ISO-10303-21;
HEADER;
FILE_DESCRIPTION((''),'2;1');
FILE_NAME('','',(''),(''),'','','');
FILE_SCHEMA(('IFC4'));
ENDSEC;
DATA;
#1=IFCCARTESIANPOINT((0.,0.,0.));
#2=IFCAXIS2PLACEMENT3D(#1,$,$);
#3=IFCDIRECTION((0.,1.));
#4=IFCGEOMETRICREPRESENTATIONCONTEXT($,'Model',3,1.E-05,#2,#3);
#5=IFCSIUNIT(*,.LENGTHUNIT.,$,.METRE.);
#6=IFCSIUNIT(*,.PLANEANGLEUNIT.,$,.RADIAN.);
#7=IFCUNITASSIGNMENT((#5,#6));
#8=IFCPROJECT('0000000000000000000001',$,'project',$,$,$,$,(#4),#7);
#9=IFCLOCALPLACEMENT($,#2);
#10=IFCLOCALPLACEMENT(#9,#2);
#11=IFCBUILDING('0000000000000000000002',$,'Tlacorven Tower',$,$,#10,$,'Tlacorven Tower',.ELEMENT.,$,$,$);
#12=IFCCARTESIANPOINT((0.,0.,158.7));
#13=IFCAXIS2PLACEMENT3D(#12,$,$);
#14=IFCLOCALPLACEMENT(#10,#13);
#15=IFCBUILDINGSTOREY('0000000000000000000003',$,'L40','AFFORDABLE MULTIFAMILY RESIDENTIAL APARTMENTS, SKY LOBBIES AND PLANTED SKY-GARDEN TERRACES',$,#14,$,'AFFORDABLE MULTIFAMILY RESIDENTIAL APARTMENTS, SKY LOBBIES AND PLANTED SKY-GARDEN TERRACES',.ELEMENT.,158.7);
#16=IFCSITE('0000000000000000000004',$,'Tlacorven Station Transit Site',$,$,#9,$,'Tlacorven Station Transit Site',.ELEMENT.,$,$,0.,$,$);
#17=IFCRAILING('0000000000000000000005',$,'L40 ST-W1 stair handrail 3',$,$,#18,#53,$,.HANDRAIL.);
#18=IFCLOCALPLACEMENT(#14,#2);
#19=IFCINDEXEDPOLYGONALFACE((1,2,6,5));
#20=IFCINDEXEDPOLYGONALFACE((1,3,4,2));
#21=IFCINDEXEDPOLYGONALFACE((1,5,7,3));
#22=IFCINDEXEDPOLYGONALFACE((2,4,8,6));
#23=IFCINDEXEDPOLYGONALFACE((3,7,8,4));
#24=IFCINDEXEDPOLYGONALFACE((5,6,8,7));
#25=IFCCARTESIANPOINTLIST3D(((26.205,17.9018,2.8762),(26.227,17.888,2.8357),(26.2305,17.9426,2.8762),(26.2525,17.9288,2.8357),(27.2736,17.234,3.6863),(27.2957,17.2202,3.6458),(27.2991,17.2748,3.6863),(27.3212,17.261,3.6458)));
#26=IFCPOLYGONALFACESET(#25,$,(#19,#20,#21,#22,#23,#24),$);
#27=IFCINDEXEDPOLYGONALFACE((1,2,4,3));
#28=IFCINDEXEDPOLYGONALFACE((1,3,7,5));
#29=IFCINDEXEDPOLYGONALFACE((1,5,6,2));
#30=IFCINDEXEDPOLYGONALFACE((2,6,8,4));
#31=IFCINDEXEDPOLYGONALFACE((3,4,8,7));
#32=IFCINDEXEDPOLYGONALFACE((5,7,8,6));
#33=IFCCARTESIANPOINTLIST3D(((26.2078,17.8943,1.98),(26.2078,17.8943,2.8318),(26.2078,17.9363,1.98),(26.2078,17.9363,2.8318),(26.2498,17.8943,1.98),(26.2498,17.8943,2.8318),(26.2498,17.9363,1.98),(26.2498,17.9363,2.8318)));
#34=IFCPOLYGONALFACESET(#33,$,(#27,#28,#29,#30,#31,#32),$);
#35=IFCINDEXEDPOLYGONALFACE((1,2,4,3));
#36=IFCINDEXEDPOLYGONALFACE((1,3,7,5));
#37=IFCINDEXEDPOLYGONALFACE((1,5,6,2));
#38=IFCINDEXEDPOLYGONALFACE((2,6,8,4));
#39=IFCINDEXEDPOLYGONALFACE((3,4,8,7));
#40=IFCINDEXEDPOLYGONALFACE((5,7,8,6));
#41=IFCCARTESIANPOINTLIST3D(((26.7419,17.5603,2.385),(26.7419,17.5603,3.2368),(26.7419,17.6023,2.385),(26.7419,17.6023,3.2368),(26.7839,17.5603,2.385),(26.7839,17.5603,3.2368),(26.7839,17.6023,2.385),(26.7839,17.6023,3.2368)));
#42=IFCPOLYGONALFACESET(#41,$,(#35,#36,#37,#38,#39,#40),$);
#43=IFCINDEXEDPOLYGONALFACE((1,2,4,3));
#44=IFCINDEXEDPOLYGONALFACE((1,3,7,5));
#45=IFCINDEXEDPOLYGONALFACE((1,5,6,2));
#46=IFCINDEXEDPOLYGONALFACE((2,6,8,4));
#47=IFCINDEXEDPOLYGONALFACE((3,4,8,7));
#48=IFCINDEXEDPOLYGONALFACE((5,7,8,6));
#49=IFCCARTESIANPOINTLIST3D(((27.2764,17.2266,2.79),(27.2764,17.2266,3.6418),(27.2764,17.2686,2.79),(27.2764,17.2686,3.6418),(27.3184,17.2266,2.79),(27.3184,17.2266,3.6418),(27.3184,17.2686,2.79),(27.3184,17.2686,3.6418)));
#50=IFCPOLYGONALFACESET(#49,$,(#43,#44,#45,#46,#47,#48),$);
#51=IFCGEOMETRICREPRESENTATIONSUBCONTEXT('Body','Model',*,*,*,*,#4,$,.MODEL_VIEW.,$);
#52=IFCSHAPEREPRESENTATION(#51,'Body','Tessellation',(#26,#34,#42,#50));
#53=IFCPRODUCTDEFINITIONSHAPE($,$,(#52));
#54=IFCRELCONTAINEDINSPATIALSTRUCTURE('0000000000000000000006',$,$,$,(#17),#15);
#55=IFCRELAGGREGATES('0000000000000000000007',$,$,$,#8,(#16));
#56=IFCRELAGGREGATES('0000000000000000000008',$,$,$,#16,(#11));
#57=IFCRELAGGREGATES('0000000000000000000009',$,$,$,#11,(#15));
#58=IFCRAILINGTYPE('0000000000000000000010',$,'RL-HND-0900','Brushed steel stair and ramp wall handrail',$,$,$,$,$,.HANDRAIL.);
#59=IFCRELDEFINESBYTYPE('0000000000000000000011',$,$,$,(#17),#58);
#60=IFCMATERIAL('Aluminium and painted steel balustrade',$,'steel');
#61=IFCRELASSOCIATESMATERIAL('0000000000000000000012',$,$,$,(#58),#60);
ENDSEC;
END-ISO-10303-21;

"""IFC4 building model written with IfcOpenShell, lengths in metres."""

from ifc_helpers import new_model, si_unit, direction, frame, origin, origin_2d, place, context, subcontext, project, spatial, rectangle, extrude, source, transform, mapped, material, type_object, element, save


model = new_model("IFC4")

# Units and contexts
model_context = context("Model", 3, precision=1e-05, world=origin(), true_north=direction((0.0, 1.0)))
body_context = subcontext(model_context, "Body", "Model", "MODEL_VIEW")
ifc_project = project(units=[si_unit("LENGTHUNIT", "METRE"), si_unit("PLANEANGLEUNIT", "RADIAN")], contexts=[model_context])

# Site, building, storey
site_placement = place(None, origin())
site = spatial("IfcSite", under=ifc_project, at=site_placement, Name="Tlacorven Station Transit Site", LongName="Tlacorven Station Transit Site", CompositionType="ELEMENT", RefElevation=0.0)
building_placement = place(site_placement, origin())
building = spatial("IfcBuilding", under=site, at=building_placement, Name="Tlacorven Tower", LongName="Tlacorven Tower", CompositionType="ELEMENT")
storey_placement = place(building_placement, frame((0.0, 0.0, 158.7)))
storey = spatial("IfcBuildingStorey", under=building, at=storey_placement, Name="L40", Description="AFFORDABLE MULTIFAMILY RESIDENTIAL APARTMENTS, SKY LOBBIES AND PLANTED SKY-GARDEN TERRACES", LongName="AFFORDABLE MULTIFAMILY RESIDENTIAL APARTMENTS, SKY LOBBIES AND PLANTED SKY-GARDEN TERRACES", CompositionType="ELEMENT", Elevation=158.7)

# Railing
ifc_material_1 = material(Name="Aluminium and painted steel balustrade", Category="steel")
railing_type_1 = type_object("IfcRailingType", Name="RL-HND-0900", Description="Brushed steel stair and ramp wall handrail", PredefinedType="HANDRAIL", material=ifc_material_1)
shared_shape_1 = source(origin(), body_context, "Body", "SweptSolid", [
    extrude(rectangle(XDim=0.0481, YDim=0.0481, at=origin_2d()), frame((0.0, 0.0, 0.876), z_axis=(0.71336, -0.445748, 0.540765), x_axis=(0.529912, 0.848053, 0.0)), (0.0, 0.0, 1.0), 1.498),
    extrude(rectangle(XDim=0.042, YDim=0.042, at=origin_2d()), origin(), (0.0, 0.0, 1.0), 0.8518),
    extrude(rectangle(XDim=0.042, YDim=0.042, at=origin_2d()), frame((0.5342, -0.334, 0.405)), (0.0, 0.0, 1.0), 0.8518),
    extrude(rectangle(XDim=0.042, YDim=0.042, at=origin_2d()), frame((1.0686, -0.6677, 0.8101)), (0.0, 0.0, 1.0), 0.8518),
])
railing_1_placement = place(storey_placement, frame((26.2288, 17.9153, 1.98)))
element("IfcRailing", 1, at=railing_1_placement, inside=storey, type_object=railing_type_1, Name="L40 ST-W1 stair handrail 3", PredefinedType="HANDRAIL", context=body_context, shape_type="MappedRepresentation", body=[
    mapped(shared_shape_1, transform((0.0, 0.0, 0.0), scale=1.0)),
])

save(model, "model.ifc")
